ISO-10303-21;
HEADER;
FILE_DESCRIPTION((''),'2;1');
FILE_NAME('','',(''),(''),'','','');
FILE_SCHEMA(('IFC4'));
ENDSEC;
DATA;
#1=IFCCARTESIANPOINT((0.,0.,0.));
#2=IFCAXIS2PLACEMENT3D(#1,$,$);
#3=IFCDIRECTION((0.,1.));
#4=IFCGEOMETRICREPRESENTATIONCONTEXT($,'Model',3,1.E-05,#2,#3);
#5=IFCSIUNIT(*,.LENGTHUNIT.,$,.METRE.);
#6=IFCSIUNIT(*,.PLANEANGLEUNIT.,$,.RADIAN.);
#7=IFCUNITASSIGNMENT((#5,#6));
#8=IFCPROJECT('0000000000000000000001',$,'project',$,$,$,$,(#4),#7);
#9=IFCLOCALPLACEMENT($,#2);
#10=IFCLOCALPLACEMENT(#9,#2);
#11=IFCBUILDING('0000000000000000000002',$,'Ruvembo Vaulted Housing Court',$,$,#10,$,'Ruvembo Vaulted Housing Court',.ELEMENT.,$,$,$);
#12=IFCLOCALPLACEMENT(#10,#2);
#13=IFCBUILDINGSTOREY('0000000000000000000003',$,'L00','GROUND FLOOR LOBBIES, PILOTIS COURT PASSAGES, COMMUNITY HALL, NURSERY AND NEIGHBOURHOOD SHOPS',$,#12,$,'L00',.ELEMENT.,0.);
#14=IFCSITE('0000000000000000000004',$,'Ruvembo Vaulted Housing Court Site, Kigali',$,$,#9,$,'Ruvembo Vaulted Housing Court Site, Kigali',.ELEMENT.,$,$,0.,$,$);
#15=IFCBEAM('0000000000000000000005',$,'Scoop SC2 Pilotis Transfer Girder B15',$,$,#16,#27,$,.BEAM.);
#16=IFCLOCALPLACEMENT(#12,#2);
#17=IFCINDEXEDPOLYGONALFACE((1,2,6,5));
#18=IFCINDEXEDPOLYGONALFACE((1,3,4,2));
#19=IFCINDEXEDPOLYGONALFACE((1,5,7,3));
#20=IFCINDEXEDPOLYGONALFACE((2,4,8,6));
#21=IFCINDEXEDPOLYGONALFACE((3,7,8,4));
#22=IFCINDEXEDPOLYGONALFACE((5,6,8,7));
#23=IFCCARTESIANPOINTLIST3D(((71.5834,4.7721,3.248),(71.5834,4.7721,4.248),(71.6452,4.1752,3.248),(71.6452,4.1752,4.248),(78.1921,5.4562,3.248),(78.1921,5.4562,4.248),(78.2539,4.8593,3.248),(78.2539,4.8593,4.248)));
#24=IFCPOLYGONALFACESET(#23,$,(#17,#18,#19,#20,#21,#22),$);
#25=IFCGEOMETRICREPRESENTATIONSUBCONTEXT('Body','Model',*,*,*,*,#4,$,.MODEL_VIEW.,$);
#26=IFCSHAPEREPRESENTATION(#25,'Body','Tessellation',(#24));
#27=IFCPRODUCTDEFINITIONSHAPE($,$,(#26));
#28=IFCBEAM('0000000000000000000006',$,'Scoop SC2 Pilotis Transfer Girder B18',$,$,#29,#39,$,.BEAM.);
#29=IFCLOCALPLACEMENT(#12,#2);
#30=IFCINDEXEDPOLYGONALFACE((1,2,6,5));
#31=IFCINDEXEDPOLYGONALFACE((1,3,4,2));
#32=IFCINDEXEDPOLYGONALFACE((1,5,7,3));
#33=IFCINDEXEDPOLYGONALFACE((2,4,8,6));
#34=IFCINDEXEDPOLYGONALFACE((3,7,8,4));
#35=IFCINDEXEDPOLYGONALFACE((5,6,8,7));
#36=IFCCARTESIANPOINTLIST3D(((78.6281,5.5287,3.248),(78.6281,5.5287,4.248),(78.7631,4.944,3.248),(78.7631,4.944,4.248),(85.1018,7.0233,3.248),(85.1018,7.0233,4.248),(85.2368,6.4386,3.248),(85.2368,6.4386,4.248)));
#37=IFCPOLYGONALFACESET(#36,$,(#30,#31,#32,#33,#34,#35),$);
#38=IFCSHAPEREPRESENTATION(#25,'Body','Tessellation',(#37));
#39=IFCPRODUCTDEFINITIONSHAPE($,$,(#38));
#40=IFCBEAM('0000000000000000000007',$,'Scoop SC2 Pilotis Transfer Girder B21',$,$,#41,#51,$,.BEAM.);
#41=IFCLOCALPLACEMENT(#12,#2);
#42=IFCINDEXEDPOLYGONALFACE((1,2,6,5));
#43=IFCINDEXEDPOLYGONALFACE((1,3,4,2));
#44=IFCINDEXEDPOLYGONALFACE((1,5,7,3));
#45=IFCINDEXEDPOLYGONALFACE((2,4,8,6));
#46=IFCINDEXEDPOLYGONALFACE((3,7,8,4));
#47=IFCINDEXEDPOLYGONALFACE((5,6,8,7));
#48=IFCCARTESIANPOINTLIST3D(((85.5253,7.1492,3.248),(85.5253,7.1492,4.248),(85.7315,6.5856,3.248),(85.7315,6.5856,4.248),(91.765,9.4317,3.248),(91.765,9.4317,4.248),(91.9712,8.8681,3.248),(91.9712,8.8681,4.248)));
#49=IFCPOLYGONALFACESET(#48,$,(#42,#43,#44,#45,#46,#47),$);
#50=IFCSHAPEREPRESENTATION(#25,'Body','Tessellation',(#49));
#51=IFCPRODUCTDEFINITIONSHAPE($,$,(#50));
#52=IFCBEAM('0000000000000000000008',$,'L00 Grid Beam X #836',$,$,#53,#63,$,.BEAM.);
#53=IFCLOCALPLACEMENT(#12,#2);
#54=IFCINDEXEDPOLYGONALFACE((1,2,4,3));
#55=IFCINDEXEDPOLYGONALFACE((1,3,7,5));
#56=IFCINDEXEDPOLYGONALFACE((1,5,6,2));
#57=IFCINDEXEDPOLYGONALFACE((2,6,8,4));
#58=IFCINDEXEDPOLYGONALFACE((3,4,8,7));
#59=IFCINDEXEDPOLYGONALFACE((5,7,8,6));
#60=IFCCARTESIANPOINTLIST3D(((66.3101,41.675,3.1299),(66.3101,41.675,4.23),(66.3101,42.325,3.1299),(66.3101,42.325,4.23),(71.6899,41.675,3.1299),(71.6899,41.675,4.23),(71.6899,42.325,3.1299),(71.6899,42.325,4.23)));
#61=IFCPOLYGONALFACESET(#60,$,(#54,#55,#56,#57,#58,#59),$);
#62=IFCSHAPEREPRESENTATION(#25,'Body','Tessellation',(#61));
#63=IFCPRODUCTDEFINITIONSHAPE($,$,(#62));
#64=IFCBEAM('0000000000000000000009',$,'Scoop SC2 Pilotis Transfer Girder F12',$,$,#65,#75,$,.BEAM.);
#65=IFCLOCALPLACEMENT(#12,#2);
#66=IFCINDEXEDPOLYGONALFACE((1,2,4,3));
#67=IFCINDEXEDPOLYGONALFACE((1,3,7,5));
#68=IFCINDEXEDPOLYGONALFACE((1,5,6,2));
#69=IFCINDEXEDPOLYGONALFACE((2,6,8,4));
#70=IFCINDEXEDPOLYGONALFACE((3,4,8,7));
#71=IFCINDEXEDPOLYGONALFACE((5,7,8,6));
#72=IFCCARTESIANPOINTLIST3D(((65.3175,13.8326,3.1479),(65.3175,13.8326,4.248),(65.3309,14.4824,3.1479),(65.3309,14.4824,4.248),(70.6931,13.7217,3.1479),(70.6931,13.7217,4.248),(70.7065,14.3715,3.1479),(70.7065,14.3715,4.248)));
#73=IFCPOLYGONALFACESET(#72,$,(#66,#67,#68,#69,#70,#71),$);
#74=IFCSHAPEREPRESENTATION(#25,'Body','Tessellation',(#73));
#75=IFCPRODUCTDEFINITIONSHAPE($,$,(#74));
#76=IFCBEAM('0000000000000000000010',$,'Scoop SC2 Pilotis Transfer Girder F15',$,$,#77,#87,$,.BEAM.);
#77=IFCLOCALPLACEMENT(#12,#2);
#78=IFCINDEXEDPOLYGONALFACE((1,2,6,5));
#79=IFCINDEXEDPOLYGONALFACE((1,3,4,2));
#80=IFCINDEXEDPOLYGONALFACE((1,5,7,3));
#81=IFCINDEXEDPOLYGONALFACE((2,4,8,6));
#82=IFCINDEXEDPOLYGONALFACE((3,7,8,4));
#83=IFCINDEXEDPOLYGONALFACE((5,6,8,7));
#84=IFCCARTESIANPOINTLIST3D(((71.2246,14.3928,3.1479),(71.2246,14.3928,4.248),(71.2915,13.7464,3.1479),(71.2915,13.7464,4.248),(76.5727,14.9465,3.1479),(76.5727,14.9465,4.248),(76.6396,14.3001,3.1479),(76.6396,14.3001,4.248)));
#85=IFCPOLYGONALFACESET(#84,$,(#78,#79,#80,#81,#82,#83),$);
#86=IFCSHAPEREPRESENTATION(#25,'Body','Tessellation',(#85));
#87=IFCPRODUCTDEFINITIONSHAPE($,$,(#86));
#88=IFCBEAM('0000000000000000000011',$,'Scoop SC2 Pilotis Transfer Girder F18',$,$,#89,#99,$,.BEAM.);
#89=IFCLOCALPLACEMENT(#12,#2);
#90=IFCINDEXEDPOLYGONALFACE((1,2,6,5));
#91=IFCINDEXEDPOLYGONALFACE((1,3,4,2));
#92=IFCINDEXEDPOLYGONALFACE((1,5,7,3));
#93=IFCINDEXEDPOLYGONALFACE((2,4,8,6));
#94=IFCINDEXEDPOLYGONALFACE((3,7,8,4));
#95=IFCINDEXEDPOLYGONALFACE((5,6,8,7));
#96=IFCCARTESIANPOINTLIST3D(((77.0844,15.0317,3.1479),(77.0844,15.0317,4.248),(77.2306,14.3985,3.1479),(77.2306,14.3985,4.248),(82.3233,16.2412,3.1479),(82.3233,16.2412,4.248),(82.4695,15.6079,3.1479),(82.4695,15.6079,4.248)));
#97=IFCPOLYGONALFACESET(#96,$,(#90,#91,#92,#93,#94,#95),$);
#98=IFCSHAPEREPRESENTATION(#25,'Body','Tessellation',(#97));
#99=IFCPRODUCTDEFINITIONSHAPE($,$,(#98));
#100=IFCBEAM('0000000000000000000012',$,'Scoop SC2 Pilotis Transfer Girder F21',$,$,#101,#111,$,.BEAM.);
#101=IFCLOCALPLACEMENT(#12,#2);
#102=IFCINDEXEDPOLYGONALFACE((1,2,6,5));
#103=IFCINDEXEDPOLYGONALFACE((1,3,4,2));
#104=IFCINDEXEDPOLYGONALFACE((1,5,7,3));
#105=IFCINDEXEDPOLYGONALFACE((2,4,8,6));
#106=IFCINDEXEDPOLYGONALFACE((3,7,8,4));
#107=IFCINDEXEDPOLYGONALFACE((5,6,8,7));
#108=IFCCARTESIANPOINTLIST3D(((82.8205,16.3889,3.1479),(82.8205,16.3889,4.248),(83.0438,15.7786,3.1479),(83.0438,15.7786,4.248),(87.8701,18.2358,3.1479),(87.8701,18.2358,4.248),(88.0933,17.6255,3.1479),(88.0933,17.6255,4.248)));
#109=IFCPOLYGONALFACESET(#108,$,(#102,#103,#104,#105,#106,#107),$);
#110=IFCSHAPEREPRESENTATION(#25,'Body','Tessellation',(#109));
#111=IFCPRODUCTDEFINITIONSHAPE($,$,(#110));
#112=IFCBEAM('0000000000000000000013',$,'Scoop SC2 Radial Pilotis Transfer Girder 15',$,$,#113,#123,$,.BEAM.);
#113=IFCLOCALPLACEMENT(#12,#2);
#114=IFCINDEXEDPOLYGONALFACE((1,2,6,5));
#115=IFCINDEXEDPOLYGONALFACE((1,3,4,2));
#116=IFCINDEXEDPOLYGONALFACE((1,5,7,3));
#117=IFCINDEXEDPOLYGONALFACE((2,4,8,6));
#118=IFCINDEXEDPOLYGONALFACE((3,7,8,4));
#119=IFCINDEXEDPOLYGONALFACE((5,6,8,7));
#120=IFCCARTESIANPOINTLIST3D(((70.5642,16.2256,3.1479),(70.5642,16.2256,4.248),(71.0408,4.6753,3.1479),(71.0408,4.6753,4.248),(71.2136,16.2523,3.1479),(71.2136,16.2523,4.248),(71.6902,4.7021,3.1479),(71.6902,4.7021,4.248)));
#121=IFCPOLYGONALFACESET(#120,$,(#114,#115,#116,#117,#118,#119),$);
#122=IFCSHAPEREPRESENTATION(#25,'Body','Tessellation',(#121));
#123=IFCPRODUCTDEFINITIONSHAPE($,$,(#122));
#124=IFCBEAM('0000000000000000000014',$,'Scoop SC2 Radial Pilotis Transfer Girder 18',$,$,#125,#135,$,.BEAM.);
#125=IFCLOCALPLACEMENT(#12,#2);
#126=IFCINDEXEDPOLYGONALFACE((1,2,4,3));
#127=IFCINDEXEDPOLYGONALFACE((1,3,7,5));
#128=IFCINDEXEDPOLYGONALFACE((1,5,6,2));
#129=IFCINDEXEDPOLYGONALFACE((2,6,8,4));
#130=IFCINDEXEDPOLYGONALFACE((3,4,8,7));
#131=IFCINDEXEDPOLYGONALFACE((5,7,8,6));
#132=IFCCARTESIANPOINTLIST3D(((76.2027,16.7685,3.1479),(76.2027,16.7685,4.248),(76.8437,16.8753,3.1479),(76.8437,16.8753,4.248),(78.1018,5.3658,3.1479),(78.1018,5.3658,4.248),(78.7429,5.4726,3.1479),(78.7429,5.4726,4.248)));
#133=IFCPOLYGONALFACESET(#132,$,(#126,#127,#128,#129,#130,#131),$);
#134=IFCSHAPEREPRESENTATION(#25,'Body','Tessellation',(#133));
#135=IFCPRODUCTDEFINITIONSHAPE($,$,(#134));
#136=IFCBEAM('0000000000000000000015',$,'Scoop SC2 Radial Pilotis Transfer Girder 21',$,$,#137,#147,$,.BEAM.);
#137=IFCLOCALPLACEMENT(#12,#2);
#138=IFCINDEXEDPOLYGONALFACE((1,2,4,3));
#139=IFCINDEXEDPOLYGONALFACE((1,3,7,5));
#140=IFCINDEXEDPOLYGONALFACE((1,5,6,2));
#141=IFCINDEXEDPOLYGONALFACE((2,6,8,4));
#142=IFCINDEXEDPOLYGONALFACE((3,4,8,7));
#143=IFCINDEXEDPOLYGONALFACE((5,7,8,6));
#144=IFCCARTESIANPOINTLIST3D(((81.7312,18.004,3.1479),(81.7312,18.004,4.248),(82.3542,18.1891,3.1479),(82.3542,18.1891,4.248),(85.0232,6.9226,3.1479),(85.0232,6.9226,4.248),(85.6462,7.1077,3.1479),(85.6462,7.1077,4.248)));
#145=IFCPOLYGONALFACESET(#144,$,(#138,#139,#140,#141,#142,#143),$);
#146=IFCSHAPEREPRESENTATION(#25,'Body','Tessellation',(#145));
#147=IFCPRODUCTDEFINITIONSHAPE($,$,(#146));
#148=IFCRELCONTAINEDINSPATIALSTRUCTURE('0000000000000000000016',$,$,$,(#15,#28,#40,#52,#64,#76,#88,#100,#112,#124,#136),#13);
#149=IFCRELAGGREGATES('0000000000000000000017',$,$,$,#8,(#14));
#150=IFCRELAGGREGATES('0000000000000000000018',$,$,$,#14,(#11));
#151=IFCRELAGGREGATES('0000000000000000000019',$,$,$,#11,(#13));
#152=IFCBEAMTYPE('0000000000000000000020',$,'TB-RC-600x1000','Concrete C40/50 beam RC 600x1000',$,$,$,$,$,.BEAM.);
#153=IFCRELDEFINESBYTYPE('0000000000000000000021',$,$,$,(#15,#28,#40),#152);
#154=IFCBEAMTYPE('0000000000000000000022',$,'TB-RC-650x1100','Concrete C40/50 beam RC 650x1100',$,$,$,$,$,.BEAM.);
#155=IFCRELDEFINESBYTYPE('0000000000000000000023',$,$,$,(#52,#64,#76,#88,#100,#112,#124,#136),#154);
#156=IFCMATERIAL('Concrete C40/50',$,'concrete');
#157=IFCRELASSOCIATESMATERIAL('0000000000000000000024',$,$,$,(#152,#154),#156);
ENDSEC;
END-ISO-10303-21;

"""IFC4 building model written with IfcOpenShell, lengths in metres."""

from ifc_helpers import new_model, si_unit, direction, frame, origin, origin_2d, place, context, subcontext, project, spatial, rectangle, extrude, material, material_profile, profile_set, type_object, element, save


model = new_model("IFC4")

# Units and contexts
model_context = context("Model", 3, precision=1e-05, world=origin(), true_north=direction((0.0, 1.0)))
body_context = subcontext(model_context, "Body", "Model", "MODEL_VIEW")
ifc_project = project(units=[si_unit("LENGTHUNIT", "METRE"), si_unit("PLANEANGLEUNIT", "RADIAN")], contexts=[model_context])

# Site, building, storey
site_placement = place(None, origin())
site = spatial("IfcSite", under=ifc_project, at=site_placement, Name="Ruvembo Vaulted Housing Court Site, Kigali", LongName="Ruvembo Vaulted Housing Court Site, Kigali", CompositionType="ELEMENT", RefElevation=0.0)
building_placement = place(site_placement, origin())
building = spatial("IfcBuilding", under=site, at=building_placement, Name="Ruvembo Vaulted Housing Court", LongName="Ruvembo Vaulted Housing Court", CompositionType="ELEMENT")
storey_placement = place(building_placement, origin())
storey = spatial("IfcBuildingStorey", under=building, at=storey_placement, Name="L00", Description="GROUND FLOOR LOBBIES, PILOTIS COURT PASSAGES, COMMUNITY HALL, NURSERY AND NEIGHBOURHOOD SHOPS", LongName="L00", CompositionType="ELEMENT", Elevation=0.0)

# Shared definitions
ifc_material_1 = material(Name="Concrete C40/50", Category="concrete")

# Beams
ifc_material_profile_1 = material_profile(ifc_material_1, rectangle(XDim=0.6001, YDim=1.0, at=origin_2d()), Name="RC 600x1000")
ifc_profile_set_1 = profile_set([ifc_material_profile_1], Name="Concrete C40/50")
beam_type_1 = type_object("IfcBeamType", Name="TB-RC-600x1000", Description="Concrete C40/50 beam RC 600x1000", PredefinedType="BEAM", material=ifc_profile_set_1)
for number, where, z_axis, x_axis, name in (
    (1, (71.6143, 4.4736, 3.748), (0.994685, 0.102963, 0.0), (-0.102963, 0.994685, 0.0), "Scoop SC2 Pilotis Transfer Girder B15"),
    (2, (78.6956, 5.2363, 3.748), (0.974368, 0.224961, 0.0), (-0.224961, 0.974368, 0.0), "Scoop SC2 Pilotis Transfer Girder B18"),
    (3, (85.6284, 6.8674, 3.748), (0.93914, 0.343533, 0.0), (-0.343533, 0.93914, 0.0), "Scoop SC2 Pilotis Transfer Girder B21"),
):
    element("IfcBeam", number, at=place(storey_placement, frame(where, z_axis=z_axis, x_axis=x_axis)), inside=storey, type_object=beam_type_1, Name=name, PredefinedType="BEAM", context=body_context, shape_type="SweptSolid", body=[
        extrude(rectangle(XDim=0.6001, YDim=1.0, at=origin_2d()), origin(), (0.0, 0.0, 1.0), 6.644),
    ])
ifc_material_profile_2 = material_profile(ifc_material_1, rectangle(XDim=0.6499, YDim=1.1001, at=origin_2d()), Name="RC 650x1100")
ifc_profile_set_2 = profile_set([ifc_material_profile_2], Name="Concrete C40/50")
beam_type_2 = type_object("IfcBeamType", Name="TB-RC-650x1100", Description="Concrete C40/50 beam RC 650x1100", PredefinedType="BEAM", material=ifc_profile_set_2)
beam_1_placement = place(storey_placement, frame((66.3101, 42.0, 3.6799), z_axis=(1.0, 0.0, 0.0), x_axis=(0.0, 1.0, 0.0)))
element("IfcBeam", 4, at=beam_1_placement, inside=storey, type_object=beam_type_2, Name="L00 Grid Beam X #836", PredefinedType="BEAM", context=body_context, shape_type="SweptSolid", body=[
    extrude(rectangle(XDim=0.6499, YDim=1.1001, at=origin_2d()), origin(), (0.0, 0.0, 1.0), 5.3799),
])
for number, where, z_axis, x_axis, name in (
    (5, (65.3242, 14.1575, 3.698), (0.999787, -0.020615, 0.0), (0.020615, 0.999787, 0.0), "Scoop SC2 Pilotis Transfer Girder F12"),
    (6, (71.2581, 14.0696, 3.698), (0.994683, 0.102983, 0.0), (-0.102983, 0.994683, 0.0), "Scoop SC2 Pilotis Transfer Girder F15"),
    (7, (77.1575, 14.7151, 3.698), (0.974372, 0.224942, 0.0), (-0.224942, 0.974372, 0.0), "Scoop SC2 Pilotis Transfer Girder F18"),
    (8, (82.9321, 16.0837, 3.698), (0.939151, 0.343503, 0.0), (-0.343503, 0.939151, 0.0), "Scoop SC2 Pilotis Transfer Girder F21"),
):
    element("IfcBeam", number, at=place(storey_placement, frame(where, z_axis=z_axis, x_axis=x_axis)), inside=storey, type_object=beam_type_2, Name=name, PredefinedType="BEAM", context=body_context, shape_type="SweptSolid", body=[
        extrude(rectangle(XDim=0.6499, YDim=1.1001, at=origin_2d()), origin(), (0.0, 0.0, 1.0), 5.3767),
    ])
beam_2_placement = place(storey_placement, frame((71.3655, 4.6887, 3.698), z_axis=(-0.041225, 0.99915, 0.0), x_axis=(-0.99915, -0.041225, 0.0)))
element("IfcBeam", 9, at=beam_2_placement, inside=storey, type_object=beam_type_2, Name="Scoop SC2 Radial Pilotis Transfer Girder 15", PredefinedType="BEAM", context=body_context, shape_type="SweptSolid", body=[
    extrude(rectangle(XDim=0.6499, YDim=1.1001, at=origin_2d()), origin(), (0.0, 0.0, 1.0), 11.5601),
])
beam_3_placement = place(storey_placement, frame((78.4224, 5.4192, 3.698), z_axis=(-0.164289, 0.986412, 0.0), x_axis=(-0.986412, -0.164289, 0.0)))
element("IfcBeam", 10, at=beam_3_placement, inside=storey, type_object=beam_type_2, Name="Scoop SC2 Radial Pilotis Transfer Girder 18", PredefinedType="BEAM", context=body_context, shape_type="SweptSolid", body=[
    extrude(rectangle(XDim=0.6499, YDim=1.1001, at=origin_2d()), origin(), (0.0, 0.0, 1.0), 11.5598),
])
beam_4_placement = place(storey_placement, frame((85.3347, 7.0151, 3.698), z_axis=(-0.284776, 0.958594, 0.0), x_axis=(-0.958594, -0.284776, 0.0)))
element("IfcBeam", 11, at=beam_4_placement, inside=storey, type_object=beam_type_2, Name="Scoop SC2 Radial Pilotis Transfer Girder 21", PredefinedType="BEAM", context=body_context, shape_type="SweptSolid", body=[
    extrude(rectangle(XDim=0.6499, YDim=1.1001, at=origin_2d()), origin(), (0.0, 0.0, 1.0), 11.5601),
])

save(model, "model.ifc")
